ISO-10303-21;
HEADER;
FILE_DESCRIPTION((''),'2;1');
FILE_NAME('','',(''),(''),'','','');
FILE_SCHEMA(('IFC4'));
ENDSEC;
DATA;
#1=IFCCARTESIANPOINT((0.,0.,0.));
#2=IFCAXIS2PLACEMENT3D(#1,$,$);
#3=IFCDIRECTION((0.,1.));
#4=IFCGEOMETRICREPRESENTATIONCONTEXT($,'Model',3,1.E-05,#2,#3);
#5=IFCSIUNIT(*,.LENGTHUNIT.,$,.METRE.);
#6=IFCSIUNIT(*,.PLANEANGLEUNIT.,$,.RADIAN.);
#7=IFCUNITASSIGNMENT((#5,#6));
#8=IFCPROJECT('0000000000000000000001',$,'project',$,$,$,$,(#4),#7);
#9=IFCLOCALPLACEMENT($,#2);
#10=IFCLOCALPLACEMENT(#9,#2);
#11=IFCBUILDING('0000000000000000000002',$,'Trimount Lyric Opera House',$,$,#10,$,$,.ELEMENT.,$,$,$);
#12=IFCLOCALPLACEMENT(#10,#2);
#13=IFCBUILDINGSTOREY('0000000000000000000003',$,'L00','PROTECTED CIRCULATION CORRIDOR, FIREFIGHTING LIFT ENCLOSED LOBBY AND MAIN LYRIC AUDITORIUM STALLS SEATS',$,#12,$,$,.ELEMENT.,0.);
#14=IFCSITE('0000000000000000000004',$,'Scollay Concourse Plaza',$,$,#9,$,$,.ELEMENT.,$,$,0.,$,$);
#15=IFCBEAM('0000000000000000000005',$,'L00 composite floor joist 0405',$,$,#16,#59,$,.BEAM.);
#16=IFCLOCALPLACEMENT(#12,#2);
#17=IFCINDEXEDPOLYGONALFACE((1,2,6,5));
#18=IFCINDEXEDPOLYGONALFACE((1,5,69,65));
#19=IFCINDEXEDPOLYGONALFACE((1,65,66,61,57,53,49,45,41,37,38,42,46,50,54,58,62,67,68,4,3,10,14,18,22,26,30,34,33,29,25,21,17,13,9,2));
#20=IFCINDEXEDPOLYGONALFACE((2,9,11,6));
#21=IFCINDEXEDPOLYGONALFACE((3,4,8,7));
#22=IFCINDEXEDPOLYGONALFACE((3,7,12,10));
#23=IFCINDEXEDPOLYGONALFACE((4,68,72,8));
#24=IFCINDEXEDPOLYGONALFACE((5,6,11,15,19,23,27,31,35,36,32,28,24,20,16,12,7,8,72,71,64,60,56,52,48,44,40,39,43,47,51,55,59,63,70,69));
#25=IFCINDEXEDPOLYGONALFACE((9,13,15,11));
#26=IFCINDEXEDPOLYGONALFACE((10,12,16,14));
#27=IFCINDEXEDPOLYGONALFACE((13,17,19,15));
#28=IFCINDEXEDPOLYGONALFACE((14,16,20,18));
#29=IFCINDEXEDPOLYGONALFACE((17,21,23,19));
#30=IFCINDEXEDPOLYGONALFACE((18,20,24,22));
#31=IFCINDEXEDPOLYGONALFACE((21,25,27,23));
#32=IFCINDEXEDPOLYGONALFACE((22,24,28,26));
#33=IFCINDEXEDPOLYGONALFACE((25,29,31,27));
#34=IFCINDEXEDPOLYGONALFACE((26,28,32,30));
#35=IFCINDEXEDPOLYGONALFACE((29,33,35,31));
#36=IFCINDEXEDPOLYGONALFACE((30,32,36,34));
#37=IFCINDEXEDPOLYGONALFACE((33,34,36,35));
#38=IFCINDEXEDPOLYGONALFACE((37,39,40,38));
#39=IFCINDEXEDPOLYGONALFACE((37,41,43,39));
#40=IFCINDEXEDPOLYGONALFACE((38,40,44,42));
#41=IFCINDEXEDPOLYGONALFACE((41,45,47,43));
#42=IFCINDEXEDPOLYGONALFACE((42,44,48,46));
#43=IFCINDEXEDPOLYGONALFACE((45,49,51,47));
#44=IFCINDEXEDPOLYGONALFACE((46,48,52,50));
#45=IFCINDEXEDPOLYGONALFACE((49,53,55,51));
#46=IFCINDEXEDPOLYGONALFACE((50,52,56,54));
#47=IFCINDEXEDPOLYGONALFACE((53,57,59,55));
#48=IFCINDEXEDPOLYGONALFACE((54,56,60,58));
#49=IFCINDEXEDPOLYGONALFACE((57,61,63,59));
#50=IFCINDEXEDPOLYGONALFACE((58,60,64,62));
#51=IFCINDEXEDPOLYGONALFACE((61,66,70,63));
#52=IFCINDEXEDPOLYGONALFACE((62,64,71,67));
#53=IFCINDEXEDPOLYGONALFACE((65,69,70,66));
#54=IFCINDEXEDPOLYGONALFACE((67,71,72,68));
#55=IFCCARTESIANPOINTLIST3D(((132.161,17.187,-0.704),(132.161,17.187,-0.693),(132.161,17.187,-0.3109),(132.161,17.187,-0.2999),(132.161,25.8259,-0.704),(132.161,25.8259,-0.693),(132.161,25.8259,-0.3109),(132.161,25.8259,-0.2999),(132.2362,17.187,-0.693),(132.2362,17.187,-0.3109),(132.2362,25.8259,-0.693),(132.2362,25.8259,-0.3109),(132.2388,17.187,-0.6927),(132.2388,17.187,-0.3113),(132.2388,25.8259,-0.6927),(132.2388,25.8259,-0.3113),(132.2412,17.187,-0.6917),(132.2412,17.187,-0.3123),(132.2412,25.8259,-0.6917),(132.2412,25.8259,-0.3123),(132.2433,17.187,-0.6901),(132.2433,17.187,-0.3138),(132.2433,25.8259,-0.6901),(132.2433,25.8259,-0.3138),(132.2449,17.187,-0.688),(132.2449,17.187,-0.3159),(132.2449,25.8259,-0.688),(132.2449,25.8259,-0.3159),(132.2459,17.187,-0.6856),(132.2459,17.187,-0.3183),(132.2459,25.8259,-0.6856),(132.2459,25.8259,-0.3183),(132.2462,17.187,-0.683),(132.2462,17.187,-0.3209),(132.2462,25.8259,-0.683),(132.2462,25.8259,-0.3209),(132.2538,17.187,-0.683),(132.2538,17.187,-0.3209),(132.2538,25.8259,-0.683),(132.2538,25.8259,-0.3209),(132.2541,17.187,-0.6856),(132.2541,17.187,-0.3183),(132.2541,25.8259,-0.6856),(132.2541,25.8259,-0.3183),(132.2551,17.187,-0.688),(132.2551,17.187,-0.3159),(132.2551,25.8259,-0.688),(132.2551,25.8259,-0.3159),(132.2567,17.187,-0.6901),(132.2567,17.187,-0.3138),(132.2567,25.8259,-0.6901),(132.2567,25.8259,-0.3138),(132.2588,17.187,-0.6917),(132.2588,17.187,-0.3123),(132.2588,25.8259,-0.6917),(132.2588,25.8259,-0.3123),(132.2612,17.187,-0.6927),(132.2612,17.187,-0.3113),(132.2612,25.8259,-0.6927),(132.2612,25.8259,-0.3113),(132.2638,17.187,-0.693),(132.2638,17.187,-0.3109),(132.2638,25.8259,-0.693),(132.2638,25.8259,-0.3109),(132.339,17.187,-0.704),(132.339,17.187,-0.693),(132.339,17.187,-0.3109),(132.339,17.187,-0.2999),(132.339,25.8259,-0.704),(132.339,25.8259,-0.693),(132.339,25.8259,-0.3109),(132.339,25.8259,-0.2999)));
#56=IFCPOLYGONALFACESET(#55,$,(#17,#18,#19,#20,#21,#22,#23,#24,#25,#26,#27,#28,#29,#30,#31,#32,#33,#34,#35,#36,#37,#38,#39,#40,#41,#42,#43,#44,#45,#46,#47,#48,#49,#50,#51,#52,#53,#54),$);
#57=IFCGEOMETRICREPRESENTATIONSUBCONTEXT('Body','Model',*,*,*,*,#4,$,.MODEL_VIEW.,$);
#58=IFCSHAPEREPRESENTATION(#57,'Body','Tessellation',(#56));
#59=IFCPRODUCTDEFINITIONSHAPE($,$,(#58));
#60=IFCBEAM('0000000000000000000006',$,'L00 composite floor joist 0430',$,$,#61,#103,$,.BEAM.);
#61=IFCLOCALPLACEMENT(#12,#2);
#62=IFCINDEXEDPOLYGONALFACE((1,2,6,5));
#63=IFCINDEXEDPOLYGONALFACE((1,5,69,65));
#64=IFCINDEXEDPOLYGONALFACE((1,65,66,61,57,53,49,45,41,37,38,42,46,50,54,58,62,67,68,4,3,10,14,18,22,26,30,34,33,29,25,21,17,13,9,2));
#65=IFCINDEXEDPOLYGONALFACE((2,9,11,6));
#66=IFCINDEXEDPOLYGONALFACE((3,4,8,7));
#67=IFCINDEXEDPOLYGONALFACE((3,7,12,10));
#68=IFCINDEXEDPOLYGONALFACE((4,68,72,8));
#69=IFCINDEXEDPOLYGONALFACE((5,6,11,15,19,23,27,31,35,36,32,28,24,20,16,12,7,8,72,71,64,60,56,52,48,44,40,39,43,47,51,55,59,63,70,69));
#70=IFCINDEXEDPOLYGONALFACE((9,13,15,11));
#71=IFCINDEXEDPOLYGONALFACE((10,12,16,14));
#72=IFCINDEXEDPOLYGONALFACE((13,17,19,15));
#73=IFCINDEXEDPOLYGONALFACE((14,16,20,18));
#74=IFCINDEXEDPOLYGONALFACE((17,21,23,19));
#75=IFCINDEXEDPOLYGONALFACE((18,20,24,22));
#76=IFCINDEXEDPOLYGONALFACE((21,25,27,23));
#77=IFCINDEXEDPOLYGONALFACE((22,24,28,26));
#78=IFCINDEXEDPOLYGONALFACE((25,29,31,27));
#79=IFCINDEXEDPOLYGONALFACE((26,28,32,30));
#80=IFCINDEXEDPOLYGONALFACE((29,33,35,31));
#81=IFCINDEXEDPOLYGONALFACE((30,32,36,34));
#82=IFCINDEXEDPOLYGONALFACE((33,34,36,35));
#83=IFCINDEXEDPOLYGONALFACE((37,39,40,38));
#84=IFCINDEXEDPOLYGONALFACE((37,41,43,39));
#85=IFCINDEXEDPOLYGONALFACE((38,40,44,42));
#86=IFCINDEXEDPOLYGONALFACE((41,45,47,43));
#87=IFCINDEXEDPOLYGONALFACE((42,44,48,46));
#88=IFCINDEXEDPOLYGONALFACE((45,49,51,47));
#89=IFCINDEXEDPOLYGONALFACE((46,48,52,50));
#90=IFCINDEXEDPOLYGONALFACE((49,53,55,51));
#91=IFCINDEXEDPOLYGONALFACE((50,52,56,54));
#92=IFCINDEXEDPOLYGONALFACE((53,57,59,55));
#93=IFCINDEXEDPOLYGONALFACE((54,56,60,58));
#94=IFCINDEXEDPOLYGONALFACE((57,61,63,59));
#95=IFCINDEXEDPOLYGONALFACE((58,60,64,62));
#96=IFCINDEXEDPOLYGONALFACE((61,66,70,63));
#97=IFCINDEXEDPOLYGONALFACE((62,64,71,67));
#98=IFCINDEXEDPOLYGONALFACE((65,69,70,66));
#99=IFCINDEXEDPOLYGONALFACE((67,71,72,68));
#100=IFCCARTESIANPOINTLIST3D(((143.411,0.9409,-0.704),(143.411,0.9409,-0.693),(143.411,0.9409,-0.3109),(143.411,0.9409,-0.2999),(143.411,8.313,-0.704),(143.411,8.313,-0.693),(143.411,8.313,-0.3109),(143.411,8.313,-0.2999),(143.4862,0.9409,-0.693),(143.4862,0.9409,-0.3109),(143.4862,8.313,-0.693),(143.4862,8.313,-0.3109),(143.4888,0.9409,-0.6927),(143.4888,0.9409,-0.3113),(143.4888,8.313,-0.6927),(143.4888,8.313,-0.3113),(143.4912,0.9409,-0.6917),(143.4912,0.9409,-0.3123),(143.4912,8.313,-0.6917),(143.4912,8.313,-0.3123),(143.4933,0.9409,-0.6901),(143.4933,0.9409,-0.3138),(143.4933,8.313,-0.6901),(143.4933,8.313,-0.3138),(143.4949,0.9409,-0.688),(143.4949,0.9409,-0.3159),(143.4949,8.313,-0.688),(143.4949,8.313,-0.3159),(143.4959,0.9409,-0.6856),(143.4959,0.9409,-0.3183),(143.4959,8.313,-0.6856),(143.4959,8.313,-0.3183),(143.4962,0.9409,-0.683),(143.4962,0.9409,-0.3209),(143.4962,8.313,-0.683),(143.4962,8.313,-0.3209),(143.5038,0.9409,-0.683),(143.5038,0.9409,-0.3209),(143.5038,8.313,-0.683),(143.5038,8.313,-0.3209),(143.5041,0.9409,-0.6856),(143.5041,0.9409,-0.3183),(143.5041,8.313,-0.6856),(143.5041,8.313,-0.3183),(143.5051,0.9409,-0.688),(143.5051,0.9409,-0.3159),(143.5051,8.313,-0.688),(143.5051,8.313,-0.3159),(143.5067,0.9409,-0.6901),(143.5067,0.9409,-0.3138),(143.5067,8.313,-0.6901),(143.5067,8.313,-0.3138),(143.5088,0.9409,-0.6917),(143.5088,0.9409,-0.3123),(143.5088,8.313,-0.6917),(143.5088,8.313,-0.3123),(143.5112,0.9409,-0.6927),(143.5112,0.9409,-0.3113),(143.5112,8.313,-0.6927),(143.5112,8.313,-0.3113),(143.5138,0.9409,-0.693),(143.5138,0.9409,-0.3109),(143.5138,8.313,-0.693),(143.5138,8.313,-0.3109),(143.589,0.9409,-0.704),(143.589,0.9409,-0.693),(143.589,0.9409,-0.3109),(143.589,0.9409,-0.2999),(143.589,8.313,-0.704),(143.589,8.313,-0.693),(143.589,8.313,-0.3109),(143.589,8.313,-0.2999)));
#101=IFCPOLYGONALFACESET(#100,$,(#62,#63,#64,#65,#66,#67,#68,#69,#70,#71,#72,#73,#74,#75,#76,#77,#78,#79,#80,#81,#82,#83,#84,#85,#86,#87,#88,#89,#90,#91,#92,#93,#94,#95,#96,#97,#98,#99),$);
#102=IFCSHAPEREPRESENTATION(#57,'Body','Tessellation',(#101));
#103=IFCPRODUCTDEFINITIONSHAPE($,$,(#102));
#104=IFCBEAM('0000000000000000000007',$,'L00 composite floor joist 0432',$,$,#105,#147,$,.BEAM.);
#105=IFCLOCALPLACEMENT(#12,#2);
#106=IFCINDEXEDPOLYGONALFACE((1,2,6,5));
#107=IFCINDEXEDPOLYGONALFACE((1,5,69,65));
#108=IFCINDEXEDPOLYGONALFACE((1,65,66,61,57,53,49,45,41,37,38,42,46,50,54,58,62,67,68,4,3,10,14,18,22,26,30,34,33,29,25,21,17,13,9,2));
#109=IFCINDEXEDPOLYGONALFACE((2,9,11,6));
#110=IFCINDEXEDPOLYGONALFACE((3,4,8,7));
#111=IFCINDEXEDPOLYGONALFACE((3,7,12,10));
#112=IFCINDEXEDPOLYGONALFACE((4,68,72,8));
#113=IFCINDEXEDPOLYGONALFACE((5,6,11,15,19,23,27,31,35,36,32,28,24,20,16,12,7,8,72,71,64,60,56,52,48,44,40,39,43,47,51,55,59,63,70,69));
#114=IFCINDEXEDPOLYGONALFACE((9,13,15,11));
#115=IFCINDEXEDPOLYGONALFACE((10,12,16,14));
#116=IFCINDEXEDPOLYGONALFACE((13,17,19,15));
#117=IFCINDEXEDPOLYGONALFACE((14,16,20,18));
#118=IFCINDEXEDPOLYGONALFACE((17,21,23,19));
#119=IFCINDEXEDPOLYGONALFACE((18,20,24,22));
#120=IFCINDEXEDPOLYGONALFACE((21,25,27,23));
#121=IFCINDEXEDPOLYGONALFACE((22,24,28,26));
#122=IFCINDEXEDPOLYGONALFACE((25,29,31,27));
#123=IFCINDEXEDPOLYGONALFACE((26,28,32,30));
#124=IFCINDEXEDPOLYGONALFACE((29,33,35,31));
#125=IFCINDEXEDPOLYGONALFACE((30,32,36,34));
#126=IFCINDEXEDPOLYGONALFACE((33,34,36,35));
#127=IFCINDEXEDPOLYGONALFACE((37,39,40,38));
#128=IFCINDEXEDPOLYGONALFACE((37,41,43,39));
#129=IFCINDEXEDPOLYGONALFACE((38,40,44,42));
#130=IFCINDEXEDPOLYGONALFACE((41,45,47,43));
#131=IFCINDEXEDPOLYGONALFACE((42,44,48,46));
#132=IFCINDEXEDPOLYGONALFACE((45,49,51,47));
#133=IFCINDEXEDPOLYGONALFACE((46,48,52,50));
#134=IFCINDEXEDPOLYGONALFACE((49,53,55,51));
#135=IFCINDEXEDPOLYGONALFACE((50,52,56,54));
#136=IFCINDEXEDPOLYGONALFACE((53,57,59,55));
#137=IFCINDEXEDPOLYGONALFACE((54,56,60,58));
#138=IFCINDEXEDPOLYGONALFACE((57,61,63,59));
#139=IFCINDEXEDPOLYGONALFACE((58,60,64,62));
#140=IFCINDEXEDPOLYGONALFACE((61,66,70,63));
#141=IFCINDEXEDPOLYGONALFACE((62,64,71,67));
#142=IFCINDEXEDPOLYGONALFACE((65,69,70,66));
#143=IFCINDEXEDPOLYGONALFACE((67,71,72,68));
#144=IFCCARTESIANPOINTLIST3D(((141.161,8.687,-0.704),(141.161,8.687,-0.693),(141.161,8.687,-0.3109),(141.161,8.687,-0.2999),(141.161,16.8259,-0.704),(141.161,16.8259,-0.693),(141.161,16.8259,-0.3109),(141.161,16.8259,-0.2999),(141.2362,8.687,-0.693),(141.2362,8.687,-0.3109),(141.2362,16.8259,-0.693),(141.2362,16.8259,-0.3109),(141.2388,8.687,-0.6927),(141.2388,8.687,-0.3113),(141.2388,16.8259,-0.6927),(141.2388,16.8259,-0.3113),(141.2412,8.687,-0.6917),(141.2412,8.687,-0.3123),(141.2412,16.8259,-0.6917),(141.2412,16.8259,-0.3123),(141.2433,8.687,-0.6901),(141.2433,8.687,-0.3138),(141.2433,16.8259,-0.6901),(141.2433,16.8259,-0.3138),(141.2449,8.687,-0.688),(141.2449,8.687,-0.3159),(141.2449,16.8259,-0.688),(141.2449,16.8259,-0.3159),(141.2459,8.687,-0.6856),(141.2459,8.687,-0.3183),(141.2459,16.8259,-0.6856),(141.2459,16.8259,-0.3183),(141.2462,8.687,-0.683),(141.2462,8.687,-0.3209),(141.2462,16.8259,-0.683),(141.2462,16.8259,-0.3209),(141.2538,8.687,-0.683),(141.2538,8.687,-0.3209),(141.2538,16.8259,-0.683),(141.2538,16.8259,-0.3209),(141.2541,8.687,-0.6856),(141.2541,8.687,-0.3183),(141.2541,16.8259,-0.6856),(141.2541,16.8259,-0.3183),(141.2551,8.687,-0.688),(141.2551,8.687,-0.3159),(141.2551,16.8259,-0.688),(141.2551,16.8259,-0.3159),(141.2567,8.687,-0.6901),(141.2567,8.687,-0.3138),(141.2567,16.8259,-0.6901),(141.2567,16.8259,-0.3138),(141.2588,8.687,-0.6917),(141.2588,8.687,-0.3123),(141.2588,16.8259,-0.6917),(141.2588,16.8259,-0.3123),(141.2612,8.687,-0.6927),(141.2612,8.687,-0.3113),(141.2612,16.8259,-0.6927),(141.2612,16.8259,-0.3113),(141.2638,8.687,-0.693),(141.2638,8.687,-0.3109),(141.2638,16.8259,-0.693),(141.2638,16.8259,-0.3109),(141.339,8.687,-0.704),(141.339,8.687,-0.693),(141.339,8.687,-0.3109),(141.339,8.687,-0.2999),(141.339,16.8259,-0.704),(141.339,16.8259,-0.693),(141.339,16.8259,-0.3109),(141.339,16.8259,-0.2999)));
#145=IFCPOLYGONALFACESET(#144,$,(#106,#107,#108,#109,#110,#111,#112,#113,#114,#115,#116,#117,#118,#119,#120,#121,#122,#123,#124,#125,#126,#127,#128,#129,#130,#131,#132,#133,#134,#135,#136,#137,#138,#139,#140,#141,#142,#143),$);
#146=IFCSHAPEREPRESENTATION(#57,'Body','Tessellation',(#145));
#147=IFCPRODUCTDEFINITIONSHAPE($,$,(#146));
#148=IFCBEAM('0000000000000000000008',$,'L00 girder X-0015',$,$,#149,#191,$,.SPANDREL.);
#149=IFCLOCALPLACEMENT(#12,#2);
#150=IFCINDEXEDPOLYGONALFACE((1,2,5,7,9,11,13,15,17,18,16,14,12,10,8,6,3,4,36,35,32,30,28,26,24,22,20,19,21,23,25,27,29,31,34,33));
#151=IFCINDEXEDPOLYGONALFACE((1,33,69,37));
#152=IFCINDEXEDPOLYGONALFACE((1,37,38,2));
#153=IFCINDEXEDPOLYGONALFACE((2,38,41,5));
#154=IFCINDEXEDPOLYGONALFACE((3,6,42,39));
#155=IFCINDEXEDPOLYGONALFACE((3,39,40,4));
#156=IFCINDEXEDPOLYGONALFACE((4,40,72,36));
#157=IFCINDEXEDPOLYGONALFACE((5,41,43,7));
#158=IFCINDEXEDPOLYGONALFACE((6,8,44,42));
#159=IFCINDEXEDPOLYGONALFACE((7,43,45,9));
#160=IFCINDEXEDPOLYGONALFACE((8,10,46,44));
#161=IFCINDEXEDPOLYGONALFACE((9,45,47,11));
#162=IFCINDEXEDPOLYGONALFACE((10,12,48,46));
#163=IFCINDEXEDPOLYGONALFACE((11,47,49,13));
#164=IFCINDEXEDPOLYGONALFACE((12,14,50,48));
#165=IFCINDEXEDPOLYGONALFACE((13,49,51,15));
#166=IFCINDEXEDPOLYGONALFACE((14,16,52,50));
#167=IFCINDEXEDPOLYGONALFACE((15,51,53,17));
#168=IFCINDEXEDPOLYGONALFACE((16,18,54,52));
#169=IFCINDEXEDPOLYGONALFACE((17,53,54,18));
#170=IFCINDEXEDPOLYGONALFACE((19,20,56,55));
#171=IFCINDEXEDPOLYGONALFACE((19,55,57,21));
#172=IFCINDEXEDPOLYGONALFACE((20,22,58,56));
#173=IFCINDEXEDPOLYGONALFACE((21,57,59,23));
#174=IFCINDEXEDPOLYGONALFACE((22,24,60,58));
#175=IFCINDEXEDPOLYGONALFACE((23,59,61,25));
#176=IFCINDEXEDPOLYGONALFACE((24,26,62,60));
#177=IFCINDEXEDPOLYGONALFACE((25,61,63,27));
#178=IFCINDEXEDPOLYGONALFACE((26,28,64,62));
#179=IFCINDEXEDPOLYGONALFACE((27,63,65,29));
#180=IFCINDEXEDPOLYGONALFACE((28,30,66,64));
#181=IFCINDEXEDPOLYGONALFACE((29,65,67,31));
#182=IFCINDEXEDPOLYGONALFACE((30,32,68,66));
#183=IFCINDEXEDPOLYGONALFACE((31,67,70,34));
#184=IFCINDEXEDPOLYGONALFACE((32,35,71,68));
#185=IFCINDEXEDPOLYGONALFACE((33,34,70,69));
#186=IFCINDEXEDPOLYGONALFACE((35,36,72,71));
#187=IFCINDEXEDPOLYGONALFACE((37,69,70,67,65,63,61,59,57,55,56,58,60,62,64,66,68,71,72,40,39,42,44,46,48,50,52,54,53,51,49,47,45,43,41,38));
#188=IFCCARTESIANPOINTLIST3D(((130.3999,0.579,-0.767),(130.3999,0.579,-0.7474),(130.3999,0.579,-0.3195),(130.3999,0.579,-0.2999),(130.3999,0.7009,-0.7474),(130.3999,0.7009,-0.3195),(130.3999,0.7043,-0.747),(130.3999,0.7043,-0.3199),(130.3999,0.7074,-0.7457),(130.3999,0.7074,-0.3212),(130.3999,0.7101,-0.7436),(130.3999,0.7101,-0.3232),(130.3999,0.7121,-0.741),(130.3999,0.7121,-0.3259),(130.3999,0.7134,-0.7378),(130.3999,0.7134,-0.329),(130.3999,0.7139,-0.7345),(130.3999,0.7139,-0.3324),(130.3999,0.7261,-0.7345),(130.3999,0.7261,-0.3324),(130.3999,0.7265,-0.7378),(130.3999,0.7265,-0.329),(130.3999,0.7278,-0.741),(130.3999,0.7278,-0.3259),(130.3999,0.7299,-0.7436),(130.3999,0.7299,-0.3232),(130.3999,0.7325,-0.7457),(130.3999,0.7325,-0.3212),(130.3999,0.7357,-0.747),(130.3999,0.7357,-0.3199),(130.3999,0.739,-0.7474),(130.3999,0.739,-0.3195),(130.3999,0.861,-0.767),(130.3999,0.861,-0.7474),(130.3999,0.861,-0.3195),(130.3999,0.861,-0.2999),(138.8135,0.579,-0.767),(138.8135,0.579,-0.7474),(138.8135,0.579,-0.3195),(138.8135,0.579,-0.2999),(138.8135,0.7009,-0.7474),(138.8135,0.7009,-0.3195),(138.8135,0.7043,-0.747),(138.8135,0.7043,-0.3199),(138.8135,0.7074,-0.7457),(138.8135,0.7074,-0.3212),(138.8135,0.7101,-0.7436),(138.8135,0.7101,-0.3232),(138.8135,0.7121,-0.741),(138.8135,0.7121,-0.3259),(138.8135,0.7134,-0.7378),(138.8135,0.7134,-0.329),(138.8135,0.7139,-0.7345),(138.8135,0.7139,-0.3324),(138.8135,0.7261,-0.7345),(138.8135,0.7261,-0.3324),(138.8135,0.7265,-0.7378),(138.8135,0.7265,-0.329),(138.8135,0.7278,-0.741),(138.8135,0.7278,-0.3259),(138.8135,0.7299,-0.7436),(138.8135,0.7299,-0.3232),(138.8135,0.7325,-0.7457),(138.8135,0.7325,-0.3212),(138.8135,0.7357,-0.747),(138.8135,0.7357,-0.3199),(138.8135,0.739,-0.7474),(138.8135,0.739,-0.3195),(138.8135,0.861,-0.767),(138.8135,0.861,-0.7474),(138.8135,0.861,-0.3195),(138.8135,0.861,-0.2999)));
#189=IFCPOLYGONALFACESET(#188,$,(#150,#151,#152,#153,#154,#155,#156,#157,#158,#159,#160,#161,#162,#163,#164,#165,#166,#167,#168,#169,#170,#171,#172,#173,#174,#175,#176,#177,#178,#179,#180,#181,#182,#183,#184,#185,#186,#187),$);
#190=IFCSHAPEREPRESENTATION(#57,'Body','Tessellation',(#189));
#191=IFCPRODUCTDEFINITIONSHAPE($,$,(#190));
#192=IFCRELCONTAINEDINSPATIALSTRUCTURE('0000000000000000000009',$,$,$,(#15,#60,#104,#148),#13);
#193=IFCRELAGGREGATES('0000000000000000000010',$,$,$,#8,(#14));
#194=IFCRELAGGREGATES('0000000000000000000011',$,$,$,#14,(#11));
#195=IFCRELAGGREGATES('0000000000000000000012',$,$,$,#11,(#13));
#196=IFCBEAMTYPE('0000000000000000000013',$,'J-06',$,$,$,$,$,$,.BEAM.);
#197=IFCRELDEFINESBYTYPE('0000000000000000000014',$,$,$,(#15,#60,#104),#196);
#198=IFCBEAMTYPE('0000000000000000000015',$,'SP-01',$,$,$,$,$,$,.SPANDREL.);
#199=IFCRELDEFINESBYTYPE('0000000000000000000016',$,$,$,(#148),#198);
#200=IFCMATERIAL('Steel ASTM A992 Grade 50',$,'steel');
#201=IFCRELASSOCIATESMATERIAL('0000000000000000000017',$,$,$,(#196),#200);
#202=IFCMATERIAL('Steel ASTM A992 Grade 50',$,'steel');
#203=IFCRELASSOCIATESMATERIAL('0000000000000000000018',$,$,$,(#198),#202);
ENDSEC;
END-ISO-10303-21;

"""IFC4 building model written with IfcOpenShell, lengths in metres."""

from ifc_helpers import new_model, si_unit, direction, frame, origin, origin_2d, place, context, subcontext, project, spatial, i_section, extrude, material, material_profile, profile_set, type_object, element, save


model = new_model("IFC4")

# Units and contexts
model_context = context("Model", 3, precision=1e-05, world=origin(), true_north=direction((0.0, 1.0)))
body_context = subcontext(model_context, "Body", "Model", "MODEL_VIEW")
ifc_project = project(units=[si_unit("LENGTHUNIT", "METRE"), si_unit("PLANEANGLEUNIT", "RADIAN")], contexts=[model_context])

# Site, building, storey
site_placement = place(None, origin())
site = spatial("IfcSite", under=ifc_project, at=site_placement, Name="Scollay Concourse Plaza", CompositionType="ELEMENT", RefElevation=0.0)
building_placement = place(site_placement, origin())
building = spatial("IfcBuilding", under=site, at=building_placement, Name="Trimount Lyric Opera House", CompositionType="ELEMENT")
storey_placement = place(building_placement, origin())
storey = spatial("IfcBuildingStorey", under=building, at=storey_placement, Name="L00", Description="PROTECTED CIRCULATION CORRIDOR, FIREFIGHTING LIFT ENCLOSED LOBBY AND MAIN LYRIC AUDITORIUM STALLS SEATS", CompositionType="ELEMENT", Elevation=0.0)

# Beams
ifc_material_1 = material(Name="Steel ASTM A992 Grade 50", Category="steel")
ifc_material_profile_1 = material_profile(ifc_material_1, i_section(OverallWidth=0.178, OverallDepth=0.4041, WebThickness=0.0076, FlangeThickness=0.011, FilletRadius=0.01, at=origin_2d()), Name="W16X36")
ifc_profile_set_1 = profile_set([ifc_material_profile_1], Name="Steel ASTM A992 Grade 50")
beam_type_1 = type_object("IfcBeamType", Name="J-06", PredefinedType="BEAM", material=ifc_profile_set_1)
beam_1_placement = place(storey_placement, frame((132.25, 17.187, -0.502), z_axis=(0.0, 1.0, 0.0), x_axis=(-1.0, 0.0, 0.0)))
element("IfcBeam", 1, at=beam_1_placement, inside=storey, type_object=beam_type_1, Name="L00 composite floor joist 0405", PredefinedType="BEAM", context=body_context, shape_type="SweptSolid", body=[
    extrude(i_section(OverallWidth=0.178, OverallDepth=0.4041, WebThickness=0.0076, FlangeThickness=0.011, FilletRadius=0.01, at=origin_2d()), origin(), (0.0, 0.0, 1.0), 8.6389),
])
beam_2_placement = place(storey_placement, frame((143.5, 0.9409, -0.502), z_axis=(0.0, 1.0, 0.0), x_axis=(-1.0, 0.0, 0.0)))
element("IfcBeam", 2, at=beam_2_placement, inside=storey, type_object=beam_type_1, Name="L00 composite floor joist 0430", PredefinedType="BEAM", context=body_context, shape_type="SweptSolid", body=[
    extrude(i_section(OverallWidth=0.178, OverallDepth=0.4041, WebThickness=0.0076, FlangeThickness=0.011, FilletRadius=0.01, at=origin_2d()), origin(), (0.0, 0.0, 1.0), 7.3721),
])
beam_3_placement = place(storey_placement, frame((141.25, 8.687, -0.502), z_axis=(0.0, 1.0, 0.0), x_axis=(-1.0, 0.0, 0.0)))
element("IfcBeam", 3, at=beam_3_placement, inside=storey, type_object=beam_type_1, Name="L00 composite floor joist 0432", PredefinedType="BEAM", context=body_context, shape_type="SweptSolid", body=[
    extrude(i_section(OverallWidth=0.178, OverallDepth=0.4041, WebThickness=0.0076, FlangeThickness=0.011, FilletRadius=0.01, at=origin_2d()), origin(), (0.0, 0.0, 1.0), 8.1389),
])
ifc_material_2 = material(Name="Steel ASTM A992 Grade 50", Category="steel")
ifc_material_profile_2 = material_profile(ifc_material_2, i_section(OverallWidth=0.282, OverallDepth=0.467, WebThickness=0.0122, FlangeThickness=0.0195, FilletRadius=0.0129, at=origin_2d()), Name="W18X86")
ifc_profile_set_2 = profile_set([ifc_material_profile_2], Name="Steel ASTM A992 Grade 50")
beam_type_2 = type_object("IfcBeamType", Name="SP-01", PredefinedType="SPANDREL", material=ifc_profile_set_2)
beam_4_placement = place(storey_placement, frame((130.3999, 0.72, -0.5334), z_axis=(1.0, 0.0, 0.0), x_axis=(0.0, 1.0, 0.0)))
element("IfcBeam", 4, at=beam_4_placement, inside=storey, type_object=beam_type_2, Name="L00 girder X-0015", PredefinedType="SPANDREL", context=body_context, shape_type="SweptSolid", body=[
    extrude(i_section(OverallWidth=0.282, OverallDepth=0.467, WebThickness=0.0122, FlangeThickness=0.0195, FilletRadius=0.0129, at=origin_2d()), origin(), (0.0, 0.0, 1.0), 8.4136),
])

save(model, "model.ifc")
